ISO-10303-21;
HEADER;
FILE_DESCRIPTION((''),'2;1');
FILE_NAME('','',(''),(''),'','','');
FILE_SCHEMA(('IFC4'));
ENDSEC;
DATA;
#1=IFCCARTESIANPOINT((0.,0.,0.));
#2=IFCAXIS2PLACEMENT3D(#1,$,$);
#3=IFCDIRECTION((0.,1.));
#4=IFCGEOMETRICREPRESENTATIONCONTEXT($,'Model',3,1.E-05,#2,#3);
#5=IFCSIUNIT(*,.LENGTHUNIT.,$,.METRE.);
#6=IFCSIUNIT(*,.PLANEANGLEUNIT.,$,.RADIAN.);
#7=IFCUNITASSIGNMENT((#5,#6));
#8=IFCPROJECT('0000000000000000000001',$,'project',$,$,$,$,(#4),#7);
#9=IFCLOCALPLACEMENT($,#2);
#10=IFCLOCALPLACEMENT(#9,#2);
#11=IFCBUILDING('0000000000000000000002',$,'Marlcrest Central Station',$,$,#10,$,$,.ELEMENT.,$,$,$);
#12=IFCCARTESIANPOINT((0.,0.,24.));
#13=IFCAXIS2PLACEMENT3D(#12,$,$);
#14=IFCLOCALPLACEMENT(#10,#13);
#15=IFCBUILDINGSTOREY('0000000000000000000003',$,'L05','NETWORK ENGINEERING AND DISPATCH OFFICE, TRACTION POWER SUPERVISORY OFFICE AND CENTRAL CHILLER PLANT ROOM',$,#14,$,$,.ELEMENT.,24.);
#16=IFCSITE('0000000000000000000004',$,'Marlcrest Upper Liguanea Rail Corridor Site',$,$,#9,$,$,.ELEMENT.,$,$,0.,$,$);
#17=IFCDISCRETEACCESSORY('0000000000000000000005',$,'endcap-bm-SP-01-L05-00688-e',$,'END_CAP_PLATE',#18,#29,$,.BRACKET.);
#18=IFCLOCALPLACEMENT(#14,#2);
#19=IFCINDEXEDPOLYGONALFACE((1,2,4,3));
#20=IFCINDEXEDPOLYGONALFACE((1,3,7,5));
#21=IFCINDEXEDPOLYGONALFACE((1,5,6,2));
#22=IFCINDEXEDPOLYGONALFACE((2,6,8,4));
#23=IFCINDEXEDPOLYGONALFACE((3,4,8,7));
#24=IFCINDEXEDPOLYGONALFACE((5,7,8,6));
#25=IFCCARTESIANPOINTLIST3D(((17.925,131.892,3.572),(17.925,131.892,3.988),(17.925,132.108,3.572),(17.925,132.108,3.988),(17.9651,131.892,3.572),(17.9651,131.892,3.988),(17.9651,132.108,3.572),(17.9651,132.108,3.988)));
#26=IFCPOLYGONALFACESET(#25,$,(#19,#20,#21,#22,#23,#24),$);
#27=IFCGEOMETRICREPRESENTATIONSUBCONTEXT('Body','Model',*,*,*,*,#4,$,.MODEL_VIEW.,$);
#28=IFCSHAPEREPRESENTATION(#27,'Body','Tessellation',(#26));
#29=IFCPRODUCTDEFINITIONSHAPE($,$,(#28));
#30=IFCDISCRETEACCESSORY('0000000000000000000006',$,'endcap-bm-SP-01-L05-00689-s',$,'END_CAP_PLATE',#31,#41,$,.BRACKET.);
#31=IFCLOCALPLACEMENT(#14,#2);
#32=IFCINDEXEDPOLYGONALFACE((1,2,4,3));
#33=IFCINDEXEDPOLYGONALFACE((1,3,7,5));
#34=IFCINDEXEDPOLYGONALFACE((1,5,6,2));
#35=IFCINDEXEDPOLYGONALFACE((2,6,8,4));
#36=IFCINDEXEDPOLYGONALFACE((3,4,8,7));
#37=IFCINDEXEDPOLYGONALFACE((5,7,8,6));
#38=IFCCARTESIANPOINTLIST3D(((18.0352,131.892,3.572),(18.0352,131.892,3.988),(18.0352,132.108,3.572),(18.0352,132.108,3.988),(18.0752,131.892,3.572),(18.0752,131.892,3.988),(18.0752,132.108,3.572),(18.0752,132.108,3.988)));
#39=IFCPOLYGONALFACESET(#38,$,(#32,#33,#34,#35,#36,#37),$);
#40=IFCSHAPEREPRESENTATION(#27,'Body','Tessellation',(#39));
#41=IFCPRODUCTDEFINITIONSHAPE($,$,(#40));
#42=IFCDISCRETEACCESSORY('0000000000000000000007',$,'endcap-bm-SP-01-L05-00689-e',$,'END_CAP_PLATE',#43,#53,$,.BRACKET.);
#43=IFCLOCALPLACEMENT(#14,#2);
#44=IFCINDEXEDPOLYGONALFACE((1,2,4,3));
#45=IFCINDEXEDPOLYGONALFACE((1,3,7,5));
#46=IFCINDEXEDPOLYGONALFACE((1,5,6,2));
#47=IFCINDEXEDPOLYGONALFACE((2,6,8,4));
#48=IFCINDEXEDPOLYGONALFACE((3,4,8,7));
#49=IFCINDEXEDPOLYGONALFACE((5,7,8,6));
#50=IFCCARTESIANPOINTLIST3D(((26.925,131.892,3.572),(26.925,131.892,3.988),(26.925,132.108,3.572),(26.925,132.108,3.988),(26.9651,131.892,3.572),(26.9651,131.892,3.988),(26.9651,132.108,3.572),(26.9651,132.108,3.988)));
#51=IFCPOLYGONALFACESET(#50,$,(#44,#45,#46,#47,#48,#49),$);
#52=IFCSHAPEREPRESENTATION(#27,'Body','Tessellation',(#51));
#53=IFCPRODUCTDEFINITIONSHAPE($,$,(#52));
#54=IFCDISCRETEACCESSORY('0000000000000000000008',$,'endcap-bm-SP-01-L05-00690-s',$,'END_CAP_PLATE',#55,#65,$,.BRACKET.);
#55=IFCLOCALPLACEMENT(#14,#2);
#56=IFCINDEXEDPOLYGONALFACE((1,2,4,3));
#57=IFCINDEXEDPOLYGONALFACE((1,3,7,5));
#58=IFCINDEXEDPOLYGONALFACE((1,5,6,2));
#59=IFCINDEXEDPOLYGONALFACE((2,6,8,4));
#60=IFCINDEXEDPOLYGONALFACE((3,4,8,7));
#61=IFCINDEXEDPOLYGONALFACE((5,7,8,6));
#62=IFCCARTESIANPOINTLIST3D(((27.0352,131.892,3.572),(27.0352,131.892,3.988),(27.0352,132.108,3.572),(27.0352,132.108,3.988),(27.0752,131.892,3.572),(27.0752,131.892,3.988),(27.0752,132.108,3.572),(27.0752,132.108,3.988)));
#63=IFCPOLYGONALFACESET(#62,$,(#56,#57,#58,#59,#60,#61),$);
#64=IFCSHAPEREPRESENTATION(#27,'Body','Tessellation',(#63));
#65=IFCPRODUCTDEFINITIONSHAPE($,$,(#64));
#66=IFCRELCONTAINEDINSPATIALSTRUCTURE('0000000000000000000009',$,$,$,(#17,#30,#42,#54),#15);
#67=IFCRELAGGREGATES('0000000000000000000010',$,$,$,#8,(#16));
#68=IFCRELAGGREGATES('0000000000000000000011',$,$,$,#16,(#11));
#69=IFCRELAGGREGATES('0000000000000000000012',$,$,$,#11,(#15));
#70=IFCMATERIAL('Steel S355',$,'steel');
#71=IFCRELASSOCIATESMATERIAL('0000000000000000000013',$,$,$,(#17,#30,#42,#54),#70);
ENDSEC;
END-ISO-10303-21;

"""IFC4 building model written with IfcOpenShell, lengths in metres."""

from ifc_helpers import new_model, si_unit, direction, frame, origin, origin_2d, place, context, subcontext, project, spatial, rectangle, extrude, material, element, save


model = new_model("IFC4")

# Units and contexts
model_context = context("Model", 3, precision=1e-05, world=origin(), true_north=direction((0.0, 1.0)))
body_context = subcontext(model_context, "Body", "Model", "MODEL_VIEW")
ifc_project = project(units=[si_unit("LENGTHUNIT", "METRE"), si_unit("PLANEANGLEUNIT", "RADIAN")], contexts=[model_context])

# Site, building, storey
site_placement = place(None, origin())
site = spatial("IfcSite", under=ifc_project, at=site_placement, Name="Marlcrest Upper Liguanea Rail Corridor Site", CompositionType="ELEMENT", RefElevation=0.0)
building_placement = place(site_placement, origin())
building = spatial("IfcBuilding", under=site, at=building_placement, Name="Marlcrest Central Station", CompositionType="ELEMENT")
storey_placement = place(building_placement, frame((0.0, 0.0, 24.0)))
storey = spatial("IfcBuildingStorey", under=building, at=storey_placement, Name="L05", Description="NETWORK ENGINEERING AND DISPATCH OFFICE, TRACTION POWER SUPERVISORY OFFICE AND CENTRAL CHILLER PLANT ROOM", CompositionType="ELEMENT", Elevation=24.0)

# Shared definitions
ifc_material_1 = material(Name="Steel S355", Category="steel")

# Discrete accessories
for number, where, z_axis, x_axis, name in (
    (1, (17.925, 132.0, 3.78), (1.0, 0.0, 0.0), (0.0, 1.0, 0.0), "endcap-bm-SP-01-L05-00688-e"),
    (2, (18.0352, 132.0, 3.78), (1.0, 0.0, 0.0), (0.0, 1.0, 0.0), "endcap-bm-SP-01-L05-00689-s"),
    (3, (26.925, 132.0, 3.78), (1.0, 0.0, 0.0), (0.0, 1.0, 0.0), "endcap-bm-SP-01-L05-00689-e"),
    (4, (27.0352, 132.0, 3.78), (1.0, 0.0, 0.0), (0.0, 1.0, 0.0), "endcap-bm-SP-01-L05-00690-s"),
):
    element("IfcDiscreteAccessory", number, at=place(storey_placement, frame(where, z_axis=z_axis, x_axis=x_axis)), inside=storey, material=ifc_material_1, Name=name, ObjectType="END_CAP_PLATE", PredefinedType="BRACKET", context=body_context, shape_type="SweptSolid", body=[
        extrude(rectangle(XDim=0.2161, YDim=0.416, at=origin_2d()), origin(), (0.0, 0.0, 1.0), 0.04),
    ])

save(model, "model.ifc")
